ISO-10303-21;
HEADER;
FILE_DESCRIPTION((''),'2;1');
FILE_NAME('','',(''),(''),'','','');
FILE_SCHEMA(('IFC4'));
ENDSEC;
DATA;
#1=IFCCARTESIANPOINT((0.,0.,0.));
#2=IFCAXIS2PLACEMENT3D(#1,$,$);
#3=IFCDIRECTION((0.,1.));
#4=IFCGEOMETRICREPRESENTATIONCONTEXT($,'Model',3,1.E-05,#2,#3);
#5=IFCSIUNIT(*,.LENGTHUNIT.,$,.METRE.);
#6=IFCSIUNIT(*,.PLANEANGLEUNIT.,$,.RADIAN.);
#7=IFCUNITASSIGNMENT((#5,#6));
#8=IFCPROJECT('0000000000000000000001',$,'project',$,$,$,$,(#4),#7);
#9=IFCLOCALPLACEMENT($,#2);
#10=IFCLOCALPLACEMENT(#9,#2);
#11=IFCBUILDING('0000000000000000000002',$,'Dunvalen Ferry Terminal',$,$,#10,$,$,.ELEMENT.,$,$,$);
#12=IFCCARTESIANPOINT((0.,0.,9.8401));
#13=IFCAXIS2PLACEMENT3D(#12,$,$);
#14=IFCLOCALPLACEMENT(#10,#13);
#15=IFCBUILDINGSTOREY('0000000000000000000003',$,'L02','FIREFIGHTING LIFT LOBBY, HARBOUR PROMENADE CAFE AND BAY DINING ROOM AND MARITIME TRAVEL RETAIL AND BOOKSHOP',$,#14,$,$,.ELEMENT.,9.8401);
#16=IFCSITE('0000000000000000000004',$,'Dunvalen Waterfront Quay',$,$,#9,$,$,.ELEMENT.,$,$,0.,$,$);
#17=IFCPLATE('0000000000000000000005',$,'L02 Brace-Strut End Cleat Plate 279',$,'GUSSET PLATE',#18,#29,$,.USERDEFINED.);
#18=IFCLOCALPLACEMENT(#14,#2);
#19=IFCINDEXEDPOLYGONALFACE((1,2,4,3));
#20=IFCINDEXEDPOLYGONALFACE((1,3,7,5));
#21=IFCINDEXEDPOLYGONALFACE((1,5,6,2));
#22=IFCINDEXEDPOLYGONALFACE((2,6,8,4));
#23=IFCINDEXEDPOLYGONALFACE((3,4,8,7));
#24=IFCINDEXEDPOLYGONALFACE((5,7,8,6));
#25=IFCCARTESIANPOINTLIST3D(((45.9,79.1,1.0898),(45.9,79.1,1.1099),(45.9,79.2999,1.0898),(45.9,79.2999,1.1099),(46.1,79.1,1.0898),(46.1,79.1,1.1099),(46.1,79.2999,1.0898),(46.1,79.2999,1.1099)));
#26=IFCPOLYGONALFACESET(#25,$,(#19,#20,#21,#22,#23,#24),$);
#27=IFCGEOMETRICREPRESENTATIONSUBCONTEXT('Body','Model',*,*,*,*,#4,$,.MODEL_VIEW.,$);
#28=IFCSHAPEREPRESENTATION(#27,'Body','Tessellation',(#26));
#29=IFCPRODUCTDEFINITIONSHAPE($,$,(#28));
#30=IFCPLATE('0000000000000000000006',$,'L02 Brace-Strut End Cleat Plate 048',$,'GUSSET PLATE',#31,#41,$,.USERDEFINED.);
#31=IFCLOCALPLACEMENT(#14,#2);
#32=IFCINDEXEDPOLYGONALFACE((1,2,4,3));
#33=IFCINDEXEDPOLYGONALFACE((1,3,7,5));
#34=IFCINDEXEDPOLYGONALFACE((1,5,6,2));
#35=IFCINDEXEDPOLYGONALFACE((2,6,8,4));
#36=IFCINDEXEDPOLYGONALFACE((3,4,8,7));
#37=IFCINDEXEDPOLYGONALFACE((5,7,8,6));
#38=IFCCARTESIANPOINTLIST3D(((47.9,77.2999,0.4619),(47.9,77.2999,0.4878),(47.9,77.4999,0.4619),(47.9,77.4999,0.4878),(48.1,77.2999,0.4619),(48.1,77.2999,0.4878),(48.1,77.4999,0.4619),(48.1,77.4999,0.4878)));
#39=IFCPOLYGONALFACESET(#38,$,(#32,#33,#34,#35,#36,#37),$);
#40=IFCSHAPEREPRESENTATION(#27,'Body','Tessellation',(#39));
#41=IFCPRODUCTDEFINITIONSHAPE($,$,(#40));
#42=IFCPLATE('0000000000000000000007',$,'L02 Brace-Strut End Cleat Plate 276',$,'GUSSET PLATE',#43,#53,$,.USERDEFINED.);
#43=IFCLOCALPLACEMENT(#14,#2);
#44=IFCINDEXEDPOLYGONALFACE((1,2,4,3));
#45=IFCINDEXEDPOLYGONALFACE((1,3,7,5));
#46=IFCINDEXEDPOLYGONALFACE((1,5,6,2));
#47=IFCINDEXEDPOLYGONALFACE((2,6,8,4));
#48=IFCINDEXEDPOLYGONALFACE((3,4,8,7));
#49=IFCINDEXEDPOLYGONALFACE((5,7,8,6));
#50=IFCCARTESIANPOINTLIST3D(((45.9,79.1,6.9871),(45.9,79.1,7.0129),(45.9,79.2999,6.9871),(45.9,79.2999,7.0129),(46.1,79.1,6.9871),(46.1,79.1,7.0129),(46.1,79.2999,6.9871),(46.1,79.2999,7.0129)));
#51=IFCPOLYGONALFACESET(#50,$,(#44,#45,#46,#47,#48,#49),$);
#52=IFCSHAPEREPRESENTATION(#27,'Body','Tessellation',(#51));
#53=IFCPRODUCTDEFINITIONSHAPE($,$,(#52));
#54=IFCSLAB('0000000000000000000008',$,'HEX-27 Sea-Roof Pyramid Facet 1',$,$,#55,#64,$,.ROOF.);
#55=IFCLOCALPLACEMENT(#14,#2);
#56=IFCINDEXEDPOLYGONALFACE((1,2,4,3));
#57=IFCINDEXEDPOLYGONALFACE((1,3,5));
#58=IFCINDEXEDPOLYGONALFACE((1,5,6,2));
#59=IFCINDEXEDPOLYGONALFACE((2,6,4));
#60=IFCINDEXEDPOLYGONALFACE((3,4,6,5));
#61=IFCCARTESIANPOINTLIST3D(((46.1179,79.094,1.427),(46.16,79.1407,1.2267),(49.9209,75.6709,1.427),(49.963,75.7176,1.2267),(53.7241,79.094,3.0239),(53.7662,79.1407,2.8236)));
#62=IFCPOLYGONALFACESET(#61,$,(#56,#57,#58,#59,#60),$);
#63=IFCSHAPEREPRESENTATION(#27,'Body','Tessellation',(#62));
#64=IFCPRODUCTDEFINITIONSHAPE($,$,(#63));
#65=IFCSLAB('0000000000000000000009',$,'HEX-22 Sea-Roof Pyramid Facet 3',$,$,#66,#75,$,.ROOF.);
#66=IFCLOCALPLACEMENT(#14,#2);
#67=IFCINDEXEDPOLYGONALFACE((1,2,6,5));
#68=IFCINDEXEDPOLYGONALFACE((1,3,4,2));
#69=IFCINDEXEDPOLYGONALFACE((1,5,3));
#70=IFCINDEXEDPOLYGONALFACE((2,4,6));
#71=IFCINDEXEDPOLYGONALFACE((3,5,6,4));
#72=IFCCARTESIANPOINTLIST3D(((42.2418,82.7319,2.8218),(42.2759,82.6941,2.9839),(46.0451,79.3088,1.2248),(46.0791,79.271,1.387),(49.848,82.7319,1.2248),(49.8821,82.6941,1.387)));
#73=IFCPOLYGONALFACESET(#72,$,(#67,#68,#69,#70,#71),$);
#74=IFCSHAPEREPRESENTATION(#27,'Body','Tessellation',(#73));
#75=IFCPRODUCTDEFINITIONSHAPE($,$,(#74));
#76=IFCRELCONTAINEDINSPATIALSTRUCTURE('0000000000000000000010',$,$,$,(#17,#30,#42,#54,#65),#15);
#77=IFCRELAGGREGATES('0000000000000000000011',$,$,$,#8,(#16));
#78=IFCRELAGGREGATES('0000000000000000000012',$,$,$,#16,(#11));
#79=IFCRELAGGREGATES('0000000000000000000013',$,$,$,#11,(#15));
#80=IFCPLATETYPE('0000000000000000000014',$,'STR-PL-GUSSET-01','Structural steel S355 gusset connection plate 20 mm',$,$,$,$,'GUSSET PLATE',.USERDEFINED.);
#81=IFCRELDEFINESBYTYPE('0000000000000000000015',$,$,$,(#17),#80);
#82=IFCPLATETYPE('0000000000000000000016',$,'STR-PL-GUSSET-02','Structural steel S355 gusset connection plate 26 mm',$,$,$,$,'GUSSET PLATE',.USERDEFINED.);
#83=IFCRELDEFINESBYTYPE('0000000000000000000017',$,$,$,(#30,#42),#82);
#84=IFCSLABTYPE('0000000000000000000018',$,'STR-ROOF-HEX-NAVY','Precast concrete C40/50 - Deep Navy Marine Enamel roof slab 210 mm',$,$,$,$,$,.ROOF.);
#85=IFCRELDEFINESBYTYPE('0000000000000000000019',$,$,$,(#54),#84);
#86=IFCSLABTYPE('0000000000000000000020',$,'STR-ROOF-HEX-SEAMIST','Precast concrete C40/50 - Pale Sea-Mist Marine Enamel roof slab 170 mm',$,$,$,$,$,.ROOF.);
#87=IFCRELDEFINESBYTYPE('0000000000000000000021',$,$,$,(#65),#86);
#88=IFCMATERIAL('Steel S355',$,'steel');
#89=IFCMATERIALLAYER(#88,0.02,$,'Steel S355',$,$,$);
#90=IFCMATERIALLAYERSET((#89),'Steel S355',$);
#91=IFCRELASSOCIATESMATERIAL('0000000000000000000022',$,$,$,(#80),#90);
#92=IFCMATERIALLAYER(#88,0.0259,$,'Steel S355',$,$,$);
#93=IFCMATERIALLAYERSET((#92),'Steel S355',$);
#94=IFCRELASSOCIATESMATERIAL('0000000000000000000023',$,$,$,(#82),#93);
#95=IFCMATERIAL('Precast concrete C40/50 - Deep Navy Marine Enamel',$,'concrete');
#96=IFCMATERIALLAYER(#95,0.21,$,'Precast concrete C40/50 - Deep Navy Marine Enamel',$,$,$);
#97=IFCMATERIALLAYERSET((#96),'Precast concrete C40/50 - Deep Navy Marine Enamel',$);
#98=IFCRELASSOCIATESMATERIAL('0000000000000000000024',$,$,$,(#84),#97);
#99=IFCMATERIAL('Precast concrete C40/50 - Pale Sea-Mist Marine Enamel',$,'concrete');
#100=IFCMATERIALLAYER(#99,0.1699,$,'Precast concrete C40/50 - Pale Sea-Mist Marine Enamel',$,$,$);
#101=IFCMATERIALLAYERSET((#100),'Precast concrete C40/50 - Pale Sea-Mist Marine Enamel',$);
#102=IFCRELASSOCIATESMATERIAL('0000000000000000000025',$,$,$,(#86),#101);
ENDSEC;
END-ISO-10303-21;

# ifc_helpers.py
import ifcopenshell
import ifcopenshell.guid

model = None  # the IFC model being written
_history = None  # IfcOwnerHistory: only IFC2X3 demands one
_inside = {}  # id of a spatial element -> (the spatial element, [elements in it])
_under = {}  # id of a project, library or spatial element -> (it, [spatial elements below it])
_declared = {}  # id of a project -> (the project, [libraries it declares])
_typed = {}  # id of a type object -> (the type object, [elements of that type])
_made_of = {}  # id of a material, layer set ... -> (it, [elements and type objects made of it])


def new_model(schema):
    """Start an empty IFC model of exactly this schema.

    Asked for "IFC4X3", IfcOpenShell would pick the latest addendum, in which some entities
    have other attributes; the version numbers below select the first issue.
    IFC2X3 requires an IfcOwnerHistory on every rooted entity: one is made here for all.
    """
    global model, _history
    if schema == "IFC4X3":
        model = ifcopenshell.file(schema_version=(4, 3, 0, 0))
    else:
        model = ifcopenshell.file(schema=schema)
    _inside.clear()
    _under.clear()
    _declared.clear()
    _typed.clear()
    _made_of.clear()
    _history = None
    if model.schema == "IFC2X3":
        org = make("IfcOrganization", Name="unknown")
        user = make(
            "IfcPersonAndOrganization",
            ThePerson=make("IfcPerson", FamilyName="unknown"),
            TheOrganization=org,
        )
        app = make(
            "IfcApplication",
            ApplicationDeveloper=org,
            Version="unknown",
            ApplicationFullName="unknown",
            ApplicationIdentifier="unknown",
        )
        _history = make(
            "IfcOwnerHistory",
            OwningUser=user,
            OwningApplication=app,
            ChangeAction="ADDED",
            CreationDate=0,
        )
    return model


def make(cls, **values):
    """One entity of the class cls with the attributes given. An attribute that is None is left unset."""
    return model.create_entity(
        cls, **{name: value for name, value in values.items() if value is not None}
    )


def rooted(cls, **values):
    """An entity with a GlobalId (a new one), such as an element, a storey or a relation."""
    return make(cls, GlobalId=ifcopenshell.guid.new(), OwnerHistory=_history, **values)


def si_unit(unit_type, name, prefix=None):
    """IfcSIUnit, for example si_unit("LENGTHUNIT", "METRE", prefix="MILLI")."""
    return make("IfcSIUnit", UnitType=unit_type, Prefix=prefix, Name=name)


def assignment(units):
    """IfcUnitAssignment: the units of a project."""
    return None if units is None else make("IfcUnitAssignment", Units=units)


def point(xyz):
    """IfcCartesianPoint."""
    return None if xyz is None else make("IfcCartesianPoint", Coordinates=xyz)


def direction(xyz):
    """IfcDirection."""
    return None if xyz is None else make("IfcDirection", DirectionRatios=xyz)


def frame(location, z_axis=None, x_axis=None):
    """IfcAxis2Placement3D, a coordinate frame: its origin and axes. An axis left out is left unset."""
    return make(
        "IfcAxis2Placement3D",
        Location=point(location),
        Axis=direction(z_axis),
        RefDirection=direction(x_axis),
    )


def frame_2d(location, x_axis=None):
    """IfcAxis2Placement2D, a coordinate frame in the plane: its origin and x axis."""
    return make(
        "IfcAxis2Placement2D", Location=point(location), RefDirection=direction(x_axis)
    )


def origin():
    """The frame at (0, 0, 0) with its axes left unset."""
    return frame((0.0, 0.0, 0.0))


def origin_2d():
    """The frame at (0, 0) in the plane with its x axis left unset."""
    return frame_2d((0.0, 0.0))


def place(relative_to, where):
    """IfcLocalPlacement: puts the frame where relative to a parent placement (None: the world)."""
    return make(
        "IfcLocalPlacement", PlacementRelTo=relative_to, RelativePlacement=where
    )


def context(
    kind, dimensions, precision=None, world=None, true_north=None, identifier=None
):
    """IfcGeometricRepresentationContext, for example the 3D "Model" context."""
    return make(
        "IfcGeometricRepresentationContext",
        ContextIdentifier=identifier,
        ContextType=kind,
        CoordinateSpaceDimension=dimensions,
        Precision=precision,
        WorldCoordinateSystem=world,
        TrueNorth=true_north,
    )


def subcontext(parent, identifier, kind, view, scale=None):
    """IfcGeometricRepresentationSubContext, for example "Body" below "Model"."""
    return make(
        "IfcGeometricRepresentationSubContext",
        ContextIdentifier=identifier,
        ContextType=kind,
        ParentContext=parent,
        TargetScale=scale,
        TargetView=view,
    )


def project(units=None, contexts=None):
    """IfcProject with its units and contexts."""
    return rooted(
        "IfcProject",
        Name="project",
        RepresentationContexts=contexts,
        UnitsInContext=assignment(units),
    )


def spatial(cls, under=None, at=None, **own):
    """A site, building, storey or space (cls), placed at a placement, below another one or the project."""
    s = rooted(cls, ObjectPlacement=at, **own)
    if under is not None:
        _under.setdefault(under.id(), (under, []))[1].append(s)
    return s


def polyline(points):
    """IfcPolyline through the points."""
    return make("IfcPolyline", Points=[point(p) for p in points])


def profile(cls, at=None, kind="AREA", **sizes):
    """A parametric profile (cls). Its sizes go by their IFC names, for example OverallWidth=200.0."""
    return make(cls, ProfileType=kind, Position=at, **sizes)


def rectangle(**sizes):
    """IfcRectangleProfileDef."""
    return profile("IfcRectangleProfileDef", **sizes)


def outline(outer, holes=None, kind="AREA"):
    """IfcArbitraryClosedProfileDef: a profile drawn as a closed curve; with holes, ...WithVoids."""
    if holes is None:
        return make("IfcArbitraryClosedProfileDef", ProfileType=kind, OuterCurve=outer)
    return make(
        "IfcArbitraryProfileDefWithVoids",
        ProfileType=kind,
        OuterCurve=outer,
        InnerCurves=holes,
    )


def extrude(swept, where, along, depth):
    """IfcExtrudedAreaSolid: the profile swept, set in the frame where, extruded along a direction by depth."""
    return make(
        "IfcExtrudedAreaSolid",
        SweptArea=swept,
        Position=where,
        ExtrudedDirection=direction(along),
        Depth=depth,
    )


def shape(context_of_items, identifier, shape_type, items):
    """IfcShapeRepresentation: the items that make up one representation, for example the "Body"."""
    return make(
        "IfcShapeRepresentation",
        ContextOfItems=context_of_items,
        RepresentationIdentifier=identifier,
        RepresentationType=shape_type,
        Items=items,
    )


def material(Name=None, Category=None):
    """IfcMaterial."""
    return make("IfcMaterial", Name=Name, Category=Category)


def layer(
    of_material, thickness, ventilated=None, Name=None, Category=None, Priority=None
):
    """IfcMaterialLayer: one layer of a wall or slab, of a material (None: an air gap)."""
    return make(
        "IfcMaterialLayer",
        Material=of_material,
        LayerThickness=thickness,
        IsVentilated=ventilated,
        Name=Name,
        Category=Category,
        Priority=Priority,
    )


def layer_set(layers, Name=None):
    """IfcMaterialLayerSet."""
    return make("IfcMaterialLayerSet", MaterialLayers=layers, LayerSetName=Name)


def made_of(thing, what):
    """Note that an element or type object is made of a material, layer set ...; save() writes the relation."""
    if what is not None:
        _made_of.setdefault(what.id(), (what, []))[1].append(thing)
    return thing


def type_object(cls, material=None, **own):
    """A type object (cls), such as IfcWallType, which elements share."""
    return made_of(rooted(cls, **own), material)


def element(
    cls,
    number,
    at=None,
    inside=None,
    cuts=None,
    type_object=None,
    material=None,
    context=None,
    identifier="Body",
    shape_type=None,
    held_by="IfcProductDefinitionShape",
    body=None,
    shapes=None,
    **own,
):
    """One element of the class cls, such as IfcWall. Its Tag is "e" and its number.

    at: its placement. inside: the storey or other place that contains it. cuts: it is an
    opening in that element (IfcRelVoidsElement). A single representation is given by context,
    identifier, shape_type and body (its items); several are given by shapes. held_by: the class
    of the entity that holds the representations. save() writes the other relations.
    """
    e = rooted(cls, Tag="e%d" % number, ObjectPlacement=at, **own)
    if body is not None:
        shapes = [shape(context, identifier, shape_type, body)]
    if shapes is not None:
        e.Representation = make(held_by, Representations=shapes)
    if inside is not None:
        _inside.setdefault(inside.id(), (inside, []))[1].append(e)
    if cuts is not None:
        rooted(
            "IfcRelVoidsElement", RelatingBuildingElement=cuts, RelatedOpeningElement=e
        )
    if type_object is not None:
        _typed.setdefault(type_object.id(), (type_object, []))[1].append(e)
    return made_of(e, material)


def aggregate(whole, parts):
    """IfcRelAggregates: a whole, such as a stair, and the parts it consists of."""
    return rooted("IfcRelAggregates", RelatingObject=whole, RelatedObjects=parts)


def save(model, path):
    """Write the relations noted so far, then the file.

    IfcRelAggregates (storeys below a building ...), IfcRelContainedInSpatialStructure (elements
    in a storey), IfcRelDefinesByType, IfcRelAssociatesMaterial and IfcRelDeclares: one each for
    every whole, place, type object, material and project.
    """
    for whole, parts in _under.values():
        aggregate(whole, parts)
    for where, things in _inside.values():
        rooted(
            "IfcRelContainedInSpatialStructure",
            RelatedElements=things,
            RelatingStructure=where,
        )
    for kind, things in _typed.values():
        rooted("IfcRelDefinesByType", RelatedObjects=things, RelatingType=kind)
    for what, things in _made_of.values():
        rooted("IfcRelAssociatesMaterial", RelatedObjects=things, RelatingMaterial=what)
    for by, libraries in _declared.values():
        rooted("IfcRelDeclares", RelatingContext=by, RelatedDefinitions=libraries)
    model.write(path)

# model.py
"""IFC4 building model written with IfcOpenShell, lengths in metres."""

from ifc_helpers import new_model, si_unit, direction, frame, origin, origin_2d, place, context, subcontext, project, spatial, polyline, rectangle, outline, extrude, material, layer, layer_set, type_object, element, save


model = new_model("IFC4")

# Units and contexts
model_context = context("Model", 3, precision=1e-05, world=origin(), true_north=direction((0.0, 1.0)))
body_context = subcontext(model_context, "Body", "Model", "MODEL_VIEW")
ifc_project = project(units=[si_unit("LENGTHUNIT", "METRE"), si_unit("PLANEANGLEUNIT", "RADIAN")], contexts=[model_context])

# Site, building, storey
site_placement = place(None, origin())
site = spatial("IfcSite", under=ifc_project, at=site_placement, Name="Dunvalen Waterfront Quay", CompositionType="ELEMENT", RefElevation=0.0)
building_placement = place(site_placement, origin())
building = spatial("IfcBuilding", under=site, at=building_placement, Name="Dunvalen Ferry Terminal", CompositionType="ELEMENT")
storey_placement = place(building_placement, frame((0.0, 0.0, 9.8401)))
storey = spatial("IfcBuildingStorey", under=building, at=storey_placement, Name="L02", Description="FIREFIGHTING LIFT LOBBY, HARBOUR PROMENADE CAFE AND BAY DINING ROOM AND MARITIME TRAVEL RETAIL AND BOOKSHOP", CompositionType="ELEMENT", Elevation=9.8401)

# Shared definitions
ifc_material_1 = material(Name="Steel S355", Category="steel")

# Plates
ifc_layer_1 = layer(ifc_material_1, 0.02, Name="Steel S355")
ifc_layer_set_1 = layer_set([ifc_layer_1], Name="Steel S355")
plate_type_1 = type_object("IfcPlateType", Name="STR-PL-GUSSET-01", Description="Structural steel S355 gusset connection plate 20 mm", ElementType="GUSSET PLATE", PredefinedType="USERDEFINED", material=ifc_layer_set_1)
for number, where, z_axis, x_axis, name in (
    (1, (46.0, 79.2, 1.0898), (0.0, 0.0, 1.0), (1.0, 0.0, 0.0), "L02 Brace-Strut End Cleat Plate 279"),
):
    element("IfcPlate", number, at=place(storey_placement, frame(where, z_axis=z_axis, x_axis=x_axis)), inside=storey, type_object=plate_type_1, Name=name, ObjectType="GUSSET PLATE", PredefinedType="USERDEFINED", context=body_context, shape_type="SweptSolid", body=[
        extrude(rectangle(XDim=0.2, YDim=0.2, at=origin_2d()), origin(), (0.0, 0.0, 1.0), 0.02),
    ])
ifc_layer_2 = layer(ifc_material_1, 0.0259, Name="Steel S355")
ifc_layer_set_2 = layer_set([ifc_layer_2], Name="Steel S355")
plate_type_2 = type_object("IfcPlateType", Name="STR-PL-GUSSET-02", Description="Structural steel S355 gusset connection plate 26 mm", ElementType="GUSSET PLATE", PredefinedType="USERDEFINED", material=ifc_layer_set_2)
for number, where, z_axis, x_axis, name in (
    (2, (48.0, 77.3999, 0.4619), (0.0, 0.0, 1.0), (1.0, 0.0, 0.0), "L02 Brace-Strut End Cleat Plate 048"),
    (3, (46.0, 79.2, 6.9871), (0.0, 0.0, 1.0), (1.0, 0.0, 0.0), "L02 Brace-Strut End Cleat Plate 276"),
):
    element("IfcPlate", number, at=place(storey_placement, frame(where, z_axis=z_axis, x_axis=x_axis)), inside=storey, type_object=plate_type_2, Name=name, ObjectType="GUSSET PLATE", PredefinedType="USERDEFINED", context=body_context, shape_type="SweptSolid", body=[
        extrude(rectangle(XDim=0.2, YDim=0.2, at=origin_2d()), origin(), (0.0, 0.0, 1.0), 0.0259),
    ])

# Slabs
ifc_material_2 = material(Name="Precast concrete C40/50 - Deep Navy Marine Enamel", Category="concrete")
ifc_layer_3 = layer(ifc_material_2, 0.21, Name="Precast concrete C40/50 - Deep Navy Marine Enamel")
ifc_layer_set_3 = layer_set([ifc_layer_3], Name="Precast concrete C40/50 - Deep Navy Marine Enamel")
slab_type_1 = type_object("IfcSlabType", Name="STR-ROOF-HEX-NAVY", Description="Precast concrete C40/50 - Deep Navy Marine Enamel roof slab 210 mm", PredefinedType="ROOF", material=ifc_layer_set_3)
slab_1_placement = place(storey_placement, frame((46.1179, 79.094, 1.427), z_axis=(-0.200318, -0.222548, 0.95412), x_axis=(0.743254, -0.66901, 0.0)))
element("IfcSlab", 4, at=slab_1_placement, inside=storey, type_object=slab_type_1, Name="HEX-27 Sea-Roof Pyramid Facet 1", PredefinedType="ROOF", context=body_context, shape_type="SweptSolid", body=[
    extrude(outline(polyline([(0.0, 0.0), (5.1167, 0.0), (5.6533, 5.3333), (0.0, 0.0)])), origin(), (0.0, 0.0, -1.0), 0.21),
])
ifc_material_3 = material(Name="Precast concrete C40/50 - Pale Sea-Mist Marine Enamel", Category="concrete")
ifc_layer_4 = layer(ifc_material_3, 0.1699, Name="Precast concrete C40/50 - Pale Sea-Mist Marine Enamel")
ifc_layer_set_4 = layer_set([ifc_layer_4], Name="Precast concrete C40/50 - Pale Sea-Mist Marine Enamel")
slab_type_2 = type_object("IfcSlabType", Name="STR-ROOF-HEX-SEAMIST", Description="Precast concrete C40/50 - Pale Sea-Mist Marine Enamel roof slab 170 mm", PredefinedType="ROOF", material=ifc_layer_set_4)
slab_2_placement = place(storey_placement, frame((46.0791, 79.271, 1.387), z_axis=(0.200318, -0.222548, 0.95412), x_axis=(0.743254, 0.66901, 0.0)))
element("IfcSlab", 5, at=slab_2_placement, inside=storey, type_object=slab_type_2, Name="HEX-22 Sea-Roof Pyramid Facet 3", PredefinedType="ROOF", context=body_context, shape_type="SweptSolid", body=[
    extrude(outline(polyline([(0.0, 0.0), (5.1167, 0.0), (-0.5367, 5.3333), (0.0, 0.0)])), origin(), (0.0, 0.0, -1.0), 0.1699),
])

save(model, "model.ifc")
